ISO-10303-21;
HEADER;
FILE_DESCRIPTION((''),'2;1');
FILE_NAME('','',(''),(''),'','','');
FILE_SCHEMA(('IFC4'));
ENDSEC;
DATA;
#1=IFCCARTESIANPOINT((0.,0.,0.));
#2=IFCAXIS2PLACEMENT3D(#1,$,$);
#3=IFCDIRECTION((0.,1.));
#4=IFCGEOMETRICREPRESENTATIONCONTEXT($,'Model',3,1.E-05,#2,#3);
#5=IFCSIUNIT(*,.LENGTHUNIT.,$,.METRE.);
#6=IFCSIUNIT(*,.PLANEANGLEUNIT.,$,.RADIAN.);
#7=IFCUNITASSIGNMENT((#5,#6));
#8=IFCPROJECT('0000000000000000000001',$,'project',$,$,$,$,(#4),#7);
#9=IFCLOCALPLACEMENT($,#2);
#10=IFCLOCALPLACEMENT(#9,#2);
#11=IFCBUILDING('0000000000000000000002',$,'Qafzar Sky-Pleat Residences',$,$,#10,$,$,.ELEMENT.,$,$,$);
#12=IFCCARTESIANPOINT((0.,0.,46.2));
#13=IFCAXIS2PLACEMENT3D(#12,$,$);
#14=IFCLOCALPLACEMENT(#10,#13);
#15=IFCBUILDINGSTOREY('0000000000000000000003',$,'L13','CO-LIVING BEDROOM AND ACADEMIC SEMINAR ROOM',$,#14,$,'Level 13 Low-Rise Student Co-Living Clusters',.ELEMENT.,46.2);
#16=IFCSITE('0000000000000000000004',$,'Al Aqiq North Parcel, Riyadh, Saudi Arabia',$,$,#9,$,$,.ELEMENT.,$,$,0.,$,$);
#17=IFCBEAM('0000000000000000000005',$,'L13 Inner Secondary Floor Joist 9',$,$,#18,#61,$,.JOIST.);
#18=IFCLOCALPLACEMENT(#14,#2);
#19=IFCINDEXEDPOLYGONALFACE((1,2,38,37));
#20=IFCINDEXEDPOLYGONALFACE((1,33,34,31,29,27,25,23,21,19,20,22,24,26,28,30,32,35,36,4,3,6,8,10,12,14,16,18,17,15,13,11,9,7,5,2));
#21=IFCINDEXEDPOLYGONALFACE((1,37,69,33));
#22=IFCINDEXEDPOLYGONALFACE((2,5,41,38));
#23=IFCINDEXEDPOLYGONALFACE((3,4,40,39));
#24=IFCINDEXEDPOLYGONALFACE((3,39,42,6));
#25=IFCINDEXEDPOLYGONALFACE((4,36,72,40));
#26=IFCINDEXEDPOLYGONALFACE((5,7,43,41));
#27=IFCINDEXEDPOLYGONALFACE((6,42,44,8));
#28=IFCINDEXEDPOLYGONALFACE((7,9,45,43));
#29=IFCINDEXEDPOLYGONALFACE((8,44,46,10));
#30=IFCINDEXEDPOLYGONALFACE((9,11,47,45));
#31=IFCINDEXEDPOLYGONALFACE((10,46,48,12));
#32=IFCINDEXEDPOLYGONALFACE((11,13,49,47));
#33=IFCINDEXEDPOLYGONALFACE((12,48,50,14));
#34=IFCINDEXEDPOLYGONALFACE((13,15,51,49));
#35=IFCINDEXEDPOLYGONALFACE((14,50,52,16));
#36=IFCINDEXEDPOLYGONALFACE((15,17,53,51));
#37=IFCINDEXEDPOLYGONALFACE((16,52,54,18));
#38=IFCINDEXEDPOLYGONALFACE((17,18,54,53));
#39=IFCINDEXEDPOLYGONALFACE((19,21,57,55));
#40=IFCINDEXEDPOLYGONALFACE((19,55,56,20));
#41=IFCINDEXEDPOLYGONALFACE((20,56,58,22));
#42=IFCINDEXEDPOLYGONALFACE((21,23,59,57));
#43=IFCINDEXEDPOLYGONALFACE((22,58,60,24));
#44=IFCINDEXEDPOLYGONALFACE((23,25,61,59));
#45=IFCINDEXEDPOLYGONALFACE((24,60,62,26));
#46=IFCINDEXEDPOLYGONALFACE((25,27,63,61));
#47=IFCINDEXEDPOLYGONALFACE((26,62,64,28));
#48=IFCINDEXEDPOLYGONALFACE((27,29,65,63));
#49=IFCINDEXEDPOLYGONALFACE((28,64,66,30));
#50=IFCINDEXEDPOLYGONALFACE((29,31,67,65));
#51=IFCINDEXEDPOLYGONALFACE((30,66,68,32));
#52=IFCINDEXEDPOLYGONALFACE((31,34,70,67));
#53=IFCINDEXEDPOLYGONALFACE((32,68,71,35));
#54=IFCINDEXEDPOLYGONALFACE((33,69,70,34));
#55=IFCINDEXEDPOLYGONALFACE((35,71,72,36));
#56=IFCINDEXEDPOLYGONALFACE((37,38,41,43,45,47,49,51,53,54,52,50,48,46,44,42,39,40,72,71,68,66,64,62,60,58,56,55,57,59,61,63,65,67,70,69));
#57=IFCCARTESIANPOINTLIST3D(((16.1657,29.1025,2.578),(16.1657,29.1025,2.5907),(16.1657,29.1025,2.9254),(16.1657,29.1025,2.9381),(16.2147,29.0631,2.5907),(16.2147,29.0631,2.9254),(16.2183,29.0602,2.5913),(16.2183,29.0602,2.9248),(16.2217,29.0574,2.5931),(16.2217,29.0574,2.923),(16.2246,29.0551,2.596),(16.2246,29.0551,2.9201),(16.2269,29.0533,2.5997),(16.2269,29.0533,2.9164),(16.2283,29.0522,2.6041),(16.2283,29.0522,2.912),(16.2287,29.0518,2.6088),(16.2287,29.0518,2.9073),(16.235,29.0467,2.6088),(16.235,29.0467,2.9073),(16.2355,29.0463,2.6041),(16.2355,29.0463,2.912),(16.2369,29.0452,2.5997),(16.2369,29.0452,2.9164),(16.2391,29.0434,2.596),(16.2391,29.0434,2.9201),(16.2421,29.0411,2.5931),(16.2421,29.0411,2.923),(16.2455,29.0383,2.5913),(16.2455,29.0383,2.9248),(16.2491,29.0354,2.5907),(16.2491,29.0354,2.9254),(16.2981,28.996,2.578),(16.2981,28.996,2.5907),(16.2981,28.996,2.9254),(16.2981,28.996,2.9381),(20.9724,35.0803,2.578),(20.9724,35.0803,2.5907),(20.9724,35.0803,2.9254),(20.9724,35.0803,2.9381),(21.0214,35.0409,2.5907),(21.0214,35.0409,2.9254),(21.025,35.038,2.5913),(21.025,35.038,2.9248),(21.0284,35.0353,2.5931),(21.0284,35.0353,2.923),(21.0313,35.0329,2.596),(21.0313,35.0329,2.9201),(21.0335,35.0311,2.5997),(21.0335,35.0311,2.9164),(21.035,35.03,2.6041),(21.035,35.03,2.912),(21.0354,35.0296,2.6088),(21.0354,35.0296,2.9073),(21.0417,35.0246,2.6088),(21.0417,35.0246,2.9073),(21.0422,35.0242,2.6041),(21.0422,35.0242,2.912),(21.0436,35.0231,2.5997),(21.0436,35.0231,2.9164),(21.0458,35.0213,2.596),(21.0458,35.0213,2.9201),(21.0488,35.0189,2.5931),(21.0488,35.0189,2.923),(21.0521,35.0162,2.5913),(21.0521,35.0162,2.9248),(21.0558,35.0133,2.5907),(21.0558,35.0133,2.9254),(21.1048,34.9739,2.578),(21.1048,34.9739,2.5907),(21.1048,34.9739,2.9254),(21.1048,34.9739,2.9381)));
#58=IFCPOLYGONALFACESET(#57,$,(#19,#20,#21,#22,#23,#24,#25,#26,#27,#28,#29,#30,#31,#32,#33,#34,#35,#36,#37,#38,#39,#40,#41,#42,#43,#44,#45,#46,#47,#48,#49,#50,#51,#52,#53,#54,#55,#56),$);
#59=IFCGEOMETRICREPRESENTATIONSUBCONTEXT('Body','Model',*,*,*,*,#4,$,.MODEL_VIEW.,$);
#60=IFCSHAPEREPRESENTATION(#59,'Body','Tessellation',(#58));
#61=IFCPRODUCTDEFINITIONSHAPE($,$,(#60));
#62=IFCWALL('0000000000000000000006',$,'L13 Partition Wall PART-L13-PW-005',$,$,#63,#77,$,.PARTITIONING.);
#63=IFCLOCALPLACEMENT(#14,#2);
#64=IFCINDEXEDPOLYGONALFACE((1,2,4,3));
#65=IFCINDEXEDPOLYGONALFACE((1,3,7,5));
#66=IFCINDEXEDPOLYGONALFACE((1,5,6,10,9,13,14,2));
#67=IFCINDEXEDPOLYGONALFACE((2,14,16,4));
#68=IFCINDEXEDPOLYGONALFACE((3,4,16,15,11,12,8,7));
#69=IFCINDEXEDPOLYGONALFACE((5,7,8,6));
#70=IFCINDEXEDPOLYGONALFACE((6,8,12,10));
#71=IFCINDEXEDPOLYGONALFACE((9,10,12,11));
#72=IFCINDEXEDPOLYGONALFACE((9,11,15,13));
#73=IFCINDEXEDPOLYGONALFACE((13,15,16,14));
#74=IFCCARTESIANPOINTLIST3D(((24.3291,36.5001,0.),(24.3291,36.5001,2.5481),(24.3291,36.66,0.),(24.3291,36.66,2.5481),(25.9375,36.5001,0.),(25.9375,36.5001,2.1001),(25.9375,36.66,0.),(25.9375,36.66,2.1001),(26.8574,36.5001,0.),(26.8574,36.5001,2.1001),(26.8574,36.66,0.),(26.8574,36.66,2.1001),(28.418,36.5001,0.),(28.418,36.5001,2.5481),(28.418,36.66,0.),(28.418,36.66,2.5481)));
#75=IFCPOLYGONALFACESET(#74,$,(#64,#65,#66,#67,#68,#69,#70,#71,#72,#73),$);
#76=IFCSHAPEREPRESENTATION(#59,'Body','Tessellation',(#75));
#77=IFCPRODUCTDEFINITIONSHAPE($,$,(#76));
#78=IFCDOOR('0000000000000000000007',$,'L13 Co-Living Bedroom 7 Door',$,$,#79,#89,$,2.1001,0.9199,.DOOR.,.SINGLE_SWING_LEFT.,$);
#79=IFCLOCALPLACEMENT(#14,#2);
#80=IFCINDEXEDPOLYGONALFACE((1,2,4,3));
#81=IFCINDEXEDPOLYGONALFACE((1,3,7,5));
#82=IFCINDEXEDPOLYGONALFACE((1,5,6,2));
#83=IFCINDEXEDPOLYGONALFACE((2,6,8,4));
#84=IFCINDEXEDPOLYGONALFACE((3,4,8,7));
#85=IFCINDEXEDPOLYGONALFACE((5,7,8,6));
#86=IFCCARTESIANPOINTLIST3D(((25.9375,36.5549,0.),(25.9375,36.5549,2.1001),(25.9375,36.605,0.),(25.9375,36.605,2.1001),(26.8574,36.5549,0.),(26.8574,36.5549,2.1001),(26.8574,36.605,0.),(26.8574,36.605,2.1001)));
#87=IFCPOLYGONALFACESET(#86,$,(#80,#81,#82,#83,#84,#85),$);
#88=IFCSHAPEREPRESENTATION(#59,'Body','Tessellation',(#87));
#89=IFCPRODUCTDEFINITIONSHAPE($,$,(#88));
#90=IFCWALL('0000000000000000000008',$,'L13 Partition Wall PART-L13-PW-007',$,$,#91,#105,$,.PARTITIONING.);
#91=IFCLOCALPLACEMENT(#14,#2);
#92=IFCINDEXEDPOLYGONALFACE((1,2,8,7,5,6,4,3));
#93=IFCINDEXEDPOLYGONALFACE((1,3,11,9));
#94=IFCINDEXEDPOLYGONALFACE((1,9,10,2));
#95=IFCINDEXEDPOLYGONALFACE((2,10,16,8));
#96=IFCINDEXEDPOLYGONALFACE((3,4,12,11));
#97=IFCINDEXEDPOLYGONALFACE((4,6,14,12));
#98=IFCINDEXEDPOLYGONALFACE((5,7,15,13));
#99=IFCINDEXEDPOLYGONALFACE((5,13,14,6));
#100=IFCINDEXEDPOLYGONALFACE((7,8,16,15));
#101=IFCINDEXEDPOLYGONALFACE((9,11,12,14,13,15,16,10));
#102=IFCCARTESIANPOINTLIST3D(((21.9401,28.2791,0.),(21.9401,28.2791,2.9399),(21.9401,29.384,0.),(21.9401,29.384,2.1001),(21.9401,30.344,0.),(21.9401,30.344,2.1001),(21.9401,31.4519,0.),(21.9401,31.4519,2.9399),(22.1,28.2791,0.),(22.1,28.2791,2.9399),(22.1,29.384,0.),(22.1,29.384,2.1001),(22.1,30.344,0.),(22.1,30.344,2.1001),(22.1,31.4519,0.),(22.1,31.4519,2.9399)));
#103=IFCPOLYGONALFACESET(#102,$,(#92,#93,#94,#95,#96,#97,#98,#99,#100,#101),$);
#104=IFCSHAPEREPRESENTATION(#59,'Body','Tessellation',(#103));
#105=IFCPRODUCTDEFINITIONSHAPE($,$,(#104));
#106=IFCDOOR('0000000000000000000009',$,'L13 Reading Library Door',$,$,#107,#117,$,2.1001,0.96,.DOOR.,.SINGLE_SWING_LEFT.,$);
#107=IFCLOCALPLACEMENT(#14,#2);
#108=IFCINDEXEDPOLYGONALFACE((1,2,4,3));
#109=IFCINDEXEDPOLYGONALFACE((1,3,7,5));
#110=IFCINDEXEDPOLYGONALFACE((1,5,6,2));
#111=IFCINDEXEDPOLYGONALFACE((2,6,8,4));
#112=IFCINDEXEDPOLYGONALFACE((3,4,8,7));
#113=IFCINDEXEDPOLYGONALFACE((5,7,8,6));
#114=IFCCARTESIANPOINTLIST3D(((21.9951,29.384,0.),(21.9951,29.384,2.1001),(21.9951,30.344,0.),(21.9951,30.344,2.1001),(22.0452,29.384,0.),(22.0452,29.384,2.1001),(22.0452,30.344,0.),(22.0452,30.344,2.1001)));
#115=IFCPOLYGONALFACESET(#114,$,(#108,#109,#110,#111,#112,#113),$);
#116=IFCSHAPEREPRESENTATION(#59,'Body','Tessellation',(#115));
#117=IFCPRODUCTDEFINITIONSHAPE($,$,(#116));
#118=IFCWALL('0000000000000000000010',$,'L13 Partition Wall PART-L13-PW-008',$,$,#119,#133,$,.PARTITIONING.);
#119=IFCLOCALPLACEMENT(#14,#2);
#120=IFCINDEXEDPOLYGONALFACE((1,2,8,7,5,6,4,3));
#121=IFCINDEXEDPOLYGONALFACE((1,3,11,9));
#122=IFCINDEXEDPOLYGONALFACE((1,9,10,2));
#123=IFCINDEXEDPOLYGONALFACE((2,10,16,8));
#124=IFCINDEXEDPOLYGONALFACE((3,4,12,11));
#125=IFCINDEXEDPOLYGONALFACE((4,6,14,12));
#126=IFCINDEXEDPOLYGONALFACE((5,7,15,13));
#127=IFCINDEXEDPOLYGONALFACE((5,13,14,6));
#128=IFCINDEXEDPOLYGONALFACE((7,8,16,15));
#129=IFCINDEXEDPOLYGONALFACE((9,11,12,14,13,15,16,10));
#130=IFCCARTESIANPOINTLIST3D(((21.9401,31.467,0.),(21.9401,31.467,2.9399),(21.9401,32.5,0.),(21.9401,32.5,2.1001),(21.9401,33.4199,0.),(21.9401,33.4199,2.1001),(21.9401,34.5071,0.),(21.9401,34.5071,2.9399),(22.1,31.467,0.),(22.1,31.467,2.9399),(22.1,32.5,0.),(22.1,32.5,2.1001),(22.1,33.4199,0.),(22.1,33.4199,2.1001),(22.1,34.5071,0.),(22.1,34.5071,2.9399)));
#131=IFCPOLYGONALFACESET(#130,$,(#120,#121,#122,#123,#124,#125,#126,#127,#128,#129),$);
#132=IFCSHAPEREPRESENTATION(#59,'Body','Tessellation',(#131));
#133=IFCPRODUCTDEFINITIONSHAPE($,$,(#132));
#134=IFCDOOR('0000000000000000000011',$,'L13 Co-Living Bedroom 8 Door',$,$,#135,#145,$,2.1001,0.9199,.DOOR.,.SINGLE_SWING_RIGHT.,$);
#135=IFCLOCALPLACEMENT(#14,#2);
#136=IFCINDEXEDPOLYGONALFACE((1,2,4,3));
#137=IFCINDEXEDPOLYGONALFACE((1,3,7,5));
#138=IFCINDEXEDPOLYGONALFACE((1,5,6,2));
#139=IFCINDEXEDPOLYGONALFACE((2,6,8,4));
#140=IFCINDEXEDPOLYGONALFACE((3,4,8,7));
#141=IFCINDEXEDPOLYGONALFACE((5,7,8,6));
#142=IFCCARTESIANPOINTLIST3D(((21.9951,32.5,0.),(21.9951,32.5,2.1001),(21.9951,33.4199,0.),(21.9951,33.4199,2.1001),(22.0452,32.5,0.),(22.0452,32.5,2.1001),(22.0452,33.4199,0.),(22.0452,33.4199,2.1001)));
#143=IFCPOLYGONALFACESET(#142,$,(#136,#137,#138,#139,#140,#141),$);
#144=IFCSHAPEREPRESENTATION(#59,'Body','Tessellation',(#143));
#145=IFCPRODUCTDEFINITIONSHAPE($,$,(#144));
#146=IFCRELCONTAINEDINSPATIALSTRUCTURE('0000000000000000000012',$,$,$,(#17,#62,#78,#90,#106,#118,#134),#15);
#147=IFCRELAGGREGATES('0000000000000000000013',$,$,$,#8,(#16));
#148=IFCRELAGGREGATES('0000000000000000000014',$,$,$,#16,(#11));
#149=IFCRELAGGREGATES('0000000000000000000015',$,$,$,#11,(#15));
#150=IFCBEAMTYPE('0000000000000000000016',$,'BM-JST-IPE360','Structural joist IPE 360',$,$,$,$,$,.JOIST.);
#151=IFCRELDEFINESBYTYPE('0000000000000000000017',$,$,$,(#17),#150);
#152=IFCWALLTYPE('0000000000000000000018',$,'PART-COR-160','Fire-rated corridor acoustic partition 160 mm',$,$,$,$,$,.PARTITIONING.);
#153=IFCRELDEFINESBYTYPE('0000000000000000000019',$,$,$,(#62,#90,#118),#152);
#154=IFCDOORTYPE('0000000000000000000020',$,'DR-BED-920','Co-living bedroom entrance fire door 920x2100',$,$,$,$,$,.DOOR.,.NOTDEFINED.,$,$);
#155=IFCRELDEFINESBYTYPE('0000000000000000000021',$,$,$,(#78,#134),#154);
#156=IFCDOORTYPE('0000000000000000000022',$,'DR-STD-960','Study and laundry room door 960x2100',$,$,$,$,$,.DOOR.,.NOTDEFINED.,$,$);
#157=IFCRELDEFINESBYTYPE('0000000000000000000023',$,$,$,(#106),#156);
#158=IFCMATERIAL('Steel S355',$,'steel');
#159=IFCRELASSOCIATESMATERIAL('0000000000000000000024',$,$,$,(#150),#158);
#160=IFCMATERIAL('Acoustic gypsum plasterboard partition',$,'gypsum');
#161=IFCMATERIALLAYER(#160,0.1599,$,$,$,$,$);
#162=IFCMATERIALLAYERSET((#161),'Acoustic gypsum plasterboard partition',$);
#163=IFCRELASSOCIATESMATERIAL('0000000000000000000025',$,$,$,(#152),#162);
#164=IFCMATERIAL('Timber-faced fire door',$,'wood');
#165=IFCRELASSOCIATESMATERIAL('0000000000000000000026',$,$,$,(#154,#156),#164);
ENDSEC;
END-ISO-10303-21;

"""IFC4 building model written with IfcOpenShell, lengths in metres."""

from ifc_helpers import new_model, si_unit, direction, frame, frame_2d, origin, origin_2d, place, context, subcontext, project, spatial, rectangle, i_section, extrude, source, transform, mapped, material, layer, layer_set, material_profile, profile_set, type_object, element, fill, save


model = new_model("IFC4")

# Units and contexts
model_context = context("Model", 3, precision=1e-05, world=origin(), true_north=direction((0.0, 1.0)))
body_context = subcontext(model_context, "Body", "Model", "MODEL_VIEW")
ifc_project = project(units=[si_unit("LENGTHUNIT", "METRE"), si_unit("PLANEANGLEUNIT", "RADIAN")], contexts=[model_context])

# Site, building, storey
site_placement = place(None, origin())
site = spatial("IfcSite", under=ifc_project, at=site_placement, Name="Al Aqiq North Parcel, Riyadh, Saudi Arabia", CompositionType="ELEMENT", RefElevation=0.0)
building_placement = place(site_placement, origin())
building = spatial("IfcBuilding", under=site, at=building_placement, Name="Qafzar Sky-Pleat Residences", CompositionType="ELEMENT")
storey_placement = place(building_placement, frame((0.0, 0.0, 46.2)))
storey = spatial("IfcBuildingStorey", under=building, at=storey_placement, Name="L13", Description="CO-LIVING BEDROOM AND ACADEMIC SEMINAR ROOM", LongName="Level 13 Low-Rise Student Co-Living Clusters", CompositionType="ELEMENT", Elevation=46.2)

# Beam
ifc_material_1 = material(Name="Steel S355", Category="steel")
ifc_material_profile = material_profile(ifc_material_1, i_section(OverallWidth=0.1699, OverallDepth=0.3601, WebThickness=0.0081, FlangeThickness=0.0127, FilletRadius=0.0181, at=origin_2d()), Name="IPE 360")
ifc_profile_set = profile_set([ifc_material_profile], Name="Steel S355")
beam_type = type_object("IfcBeamType", Name="BM-JST-IPE360", Description="Structural joist IPE 360", PredefinedType="JOIST", material=ifc_profile_set)
shared_shape_1 = source(origin(), body_context, "Body", "SweptSolid", [
    extrude(i_section(OverallWidth=0.1699, OverallDepth=0.3601, WebThickness=0.0081, FlangeThickness=0.0127, FilletRadius=0.0181, at=origin_2d()), origin(), (0.0, 0.0, 1.0), 7.6707),
])
beam_placement = place(storey_placement, frame((21.0386, 35.0271, 2.7581), z_axis=(-0.626634, -0.779314, 0.0), x_axis=(0.779314, -0.626634, 0.0)))
element("IfcBeam", 1, at=beam_placement, inside=storey, type_object=beam_type, Name="L13 Inner Secondary Floor Joist 9", PredefinedType="JOIST", context=body_context, shape_type="MappedRepresentation", body=[
    mapped(shared_shape_1, transform((0.0, 0.0, 0.0), x_axis=(1.0, 0.0, 0.0), y_axis=(0.0, 1.0, 0.0), z_axis=(0.0, 0.0, 1.0), scale=1.0)),
])

# Walls, openings, doors
ifc_material_2 = material(Name="Acoustic gypsum plasterboard partition", Category="gypsum")
ifc_layer_1 = layer(ifc_material_2, 0.1599)
ifc_layer_set_1 = layer_set([ifc_layer_1], Name="Acoustic gypsum plasterboard partition")
wall_type_1 = type_object("IfcWallType", Name="PART-COR-160", Description="Fire-rated corridor acoustic partition 160 mm", PredefinedType="PARTITIONING", material=ifc_layer_set_1)
wall_1_placement = place(storey_placement, frame((24.3291, 36.5801, 0.0), z_axis=(0.0, 0.0, 1.0), x_axis=(1.0, 0.0, 0.0)))
wall_1 = element("IfcWall", 2, at=wall_1_placement, inside=storey, type_object=wall_type_1, Name="L13 Partition Wall PART-L13-PW-005", PredefinedType="PARTITIONING", context=body_context, shape_type="SweptSolid", body=[
    extrude(rectangle(XDim=4.0889, YDim=0.1599, at=frame_2d((2.0444, 0.0))), origin(), (0.0, 0.0, 1.0), 2.5481),
])
opening_1_placement = place(wall_1_placement, frame((1.6084, 0.0, 0.0)))
opening_1 = element("IfcOpeningElement", 3, at=opening_1_placement, cuts=wall_1, PredefinedType="OPENING", context=body_context, shape_type="SweptSolid", body=[
    extrude(rectangle(XDim=0.9199, YDim=2.1001, at=frame_2d((0.46, 1.05))), frame((0.0, 0.0898, 0.0), z_axis=(0.0, -1.0, 0.0), x_axis=(1.0, 0.0, 0.0)), (0.0, 0.0, 1.0), 0.1799),
])
ifc_material_3 = material(Name="Timber-faced fire door", Category="wood")
door_type_1 = type_object("IfcDoorType", Name="DR-BED-920", Description="Co-living bedroom entrance fire door 920x2100", OperationType="NOTDEFINED", PredefinedType="DOOR", material=ifc_material_3)
shared_shape_2 = source(origin(), body_context, "Body", "SweptSolid", [
    extrude(rectangle(XDim=0.9199, YDim=2.1001, at=frame_2d((0.46, 1.05))), frame((0.0, 0.0249, 0.0), z_axis=(0.0, -1.0, 0.0), x_axis=(1.0, 0.0, 0.0)), (0.0, 0.0, 1.0), 0.05),
])
door_1_placement = place(opening_1_placement, origin())
door_1 = element("IfcDoor", 4, at=door_1_placement, inside=storey, type_object=door_type_1, Name="L13 Co-Living Bedroom 7 Door", OperationType="SINGLE_SWING_LEFT", OverallHeight=2.1001, OverallWidth=0.9199, PredefinedType="DOOR", context=body_context, shape_type="MappedRepresentation", body=[
    mapped(shared_shape_2, transform((0.0, 0.0, 0.0), x_axis=(1.0, 0.0, 0.0), y_axis=(0.0, 1.0, 0.0), z_axis=(0.0, 0.0, 1.0), scale=1.0)),
])
fill(opening_1, door_1)
wall_2_placement = place(storey_placement, frame((22.02, 28.2791, 0.0), z_axis=(0.0, 0.0, 1.0), x_axis=(0.0, 1.0, 0.0)))
wall_2 = element("IfcWall", 5, at=wall_2_placement, inside=storey, type_object=wall_type_1, Name="L13 Partition Wall PART-L13-PW-007", PredefinedType="PARTITIONING", context=body_context, shape_type="SweptSolid", body=[
    extrude(rectangle(XDim=3.1729, YDim=0.1599, at=frame_2d((1.5864, 0.0))), origin(), (0.0, 0.0, 1.0), 2.9399),
])
opening_2_placement = place(wall_2_placement, frame((1.105, 0.0, 0.0)))
opening_2 = element("IfcOpeningElement", 6, at=opening_2_placement, cuts=wall_2, PredefinedType="OPENING", context=body_context, shape_type="SweptSolid", body=[
    extrude(rectangle(XDim=0.96, YDim=2.1001, at=frame_2d((0.48, 1.05))), frame((0.0, 0.0898, 0.0), z_axis=(0.0, -1.0, 0.0), x_axis=(1.0, 0.0, 0.0)), (0.0, 0.0, 1.0), 0.1799),
])
door_type_2 = type_object("IfcDoorType", Name="DR-STD-960", Description="Study and laundry room door 960x2100", OperationType="NOTDEFINED", PredefinedType="DOOR", material=ifc_material_3)
shared_shape_3 = source(origin(), body_context, "Body", "SweptSolid", [
    extrude(rectangle(XDim=0.96, YDim=2.1001, at=frame_2d((0.48, 1.05))), frame((0.0, 0.0249, 0.0), z_axis=(0.0, -1.0, 0.0), x_axis=(1.0, 0.0, 0.0)), (0.0, 0.0, 1.0), 0.05),
])
door_2_placement = place(opening_2_placement, origin())
door_2 = element("IfcDoor", 7, at=door_2_placement, inside=storey, type_object=door_type_2, Name="L13 Reading Library Door", OperationType="SINGLE_SWING_LEFT", OverallHeight=2.1001, OverallWidth=0.96, PredefinedType="DOOR", context=body_context, shape_type="MappedRepresentation", body=[
    mapped(shared_shape_3, transform((0.0, 0.0, 0.0), x_axis=(1.0, 0.0, 0.0), y_axis=(0.0, 1.0, 0.0), z_axis=(0.0, 0.0, 1.0), scale=1.0)),
])
fill(opening_2, door_2)
wall_3_placement = place(storey_placement, frame((22.02, 31.467, 0.0), z_axis=(0.0, 0.0, 1.0), x_axis=(0.0, 1.0, 0.0)))
wall_3 = element("IfcWall", 8, at=wall_3_placement, inside=storey, type_object=wall_type_1, Name="L13 Partition Wall PART-L13-PW-008", PredefinedType="PARTITIONING", context=body_context, shape_type="SweptSolid", body=[
    extrude(rectangle(XDim=3.04, YDim=0.1599, at=frame_2d((1.52, 0.0))), origin(), (0.0, 0.0, 1.0), 2.9399),
])
opening_3_placement = place(wall_3_placement, frame((1.033, 0.0, 0.0)))
opening_3 = element("IfcOpeningElement", 9, at=opening_3_placement, cuts=wall_3, PredefinedType="OPENING", context=body_context, shape_type="SweptSolid", body=[
    extrude(rectangle(XDim=0.9199, YDim=2.1001, at=frame_2d((0.46, 1.05))), frame((0.0, 0.0898, 0.0), z_axis=(0.0, -1.0, 0.0), x_axis=(1.0, 0.0, 0.0)), (0.0, 0.0, 1.0), 0.1799),
])
door_3_placement = place(opening_3_placement, origin())
door_3 = element("IfcDoor", 10, at=door_3_placement, inside=storey, type_object=door_type_1, Name="L13 Co-Living Bedroom 8 Door", OperationType="SINGLE_SWING_RIGHT", OverallHeight=2.1001, OverallWidth=0.9199, PredefinedType="DOOR", context=body_context, shape_type="MappedRepresentation", body=[
    mapped(shared_shape_2, transform((0.0, 0.0, 0.0), x_axis=(1.0, 0.0, 0.0), y_axis=(0.0, 1.0, 0.0), z_axis=(0.0, 0.0, 1.0), scale=1.0)),
])
fill(opening_3, door_3)

save(model, "model.ifc")
